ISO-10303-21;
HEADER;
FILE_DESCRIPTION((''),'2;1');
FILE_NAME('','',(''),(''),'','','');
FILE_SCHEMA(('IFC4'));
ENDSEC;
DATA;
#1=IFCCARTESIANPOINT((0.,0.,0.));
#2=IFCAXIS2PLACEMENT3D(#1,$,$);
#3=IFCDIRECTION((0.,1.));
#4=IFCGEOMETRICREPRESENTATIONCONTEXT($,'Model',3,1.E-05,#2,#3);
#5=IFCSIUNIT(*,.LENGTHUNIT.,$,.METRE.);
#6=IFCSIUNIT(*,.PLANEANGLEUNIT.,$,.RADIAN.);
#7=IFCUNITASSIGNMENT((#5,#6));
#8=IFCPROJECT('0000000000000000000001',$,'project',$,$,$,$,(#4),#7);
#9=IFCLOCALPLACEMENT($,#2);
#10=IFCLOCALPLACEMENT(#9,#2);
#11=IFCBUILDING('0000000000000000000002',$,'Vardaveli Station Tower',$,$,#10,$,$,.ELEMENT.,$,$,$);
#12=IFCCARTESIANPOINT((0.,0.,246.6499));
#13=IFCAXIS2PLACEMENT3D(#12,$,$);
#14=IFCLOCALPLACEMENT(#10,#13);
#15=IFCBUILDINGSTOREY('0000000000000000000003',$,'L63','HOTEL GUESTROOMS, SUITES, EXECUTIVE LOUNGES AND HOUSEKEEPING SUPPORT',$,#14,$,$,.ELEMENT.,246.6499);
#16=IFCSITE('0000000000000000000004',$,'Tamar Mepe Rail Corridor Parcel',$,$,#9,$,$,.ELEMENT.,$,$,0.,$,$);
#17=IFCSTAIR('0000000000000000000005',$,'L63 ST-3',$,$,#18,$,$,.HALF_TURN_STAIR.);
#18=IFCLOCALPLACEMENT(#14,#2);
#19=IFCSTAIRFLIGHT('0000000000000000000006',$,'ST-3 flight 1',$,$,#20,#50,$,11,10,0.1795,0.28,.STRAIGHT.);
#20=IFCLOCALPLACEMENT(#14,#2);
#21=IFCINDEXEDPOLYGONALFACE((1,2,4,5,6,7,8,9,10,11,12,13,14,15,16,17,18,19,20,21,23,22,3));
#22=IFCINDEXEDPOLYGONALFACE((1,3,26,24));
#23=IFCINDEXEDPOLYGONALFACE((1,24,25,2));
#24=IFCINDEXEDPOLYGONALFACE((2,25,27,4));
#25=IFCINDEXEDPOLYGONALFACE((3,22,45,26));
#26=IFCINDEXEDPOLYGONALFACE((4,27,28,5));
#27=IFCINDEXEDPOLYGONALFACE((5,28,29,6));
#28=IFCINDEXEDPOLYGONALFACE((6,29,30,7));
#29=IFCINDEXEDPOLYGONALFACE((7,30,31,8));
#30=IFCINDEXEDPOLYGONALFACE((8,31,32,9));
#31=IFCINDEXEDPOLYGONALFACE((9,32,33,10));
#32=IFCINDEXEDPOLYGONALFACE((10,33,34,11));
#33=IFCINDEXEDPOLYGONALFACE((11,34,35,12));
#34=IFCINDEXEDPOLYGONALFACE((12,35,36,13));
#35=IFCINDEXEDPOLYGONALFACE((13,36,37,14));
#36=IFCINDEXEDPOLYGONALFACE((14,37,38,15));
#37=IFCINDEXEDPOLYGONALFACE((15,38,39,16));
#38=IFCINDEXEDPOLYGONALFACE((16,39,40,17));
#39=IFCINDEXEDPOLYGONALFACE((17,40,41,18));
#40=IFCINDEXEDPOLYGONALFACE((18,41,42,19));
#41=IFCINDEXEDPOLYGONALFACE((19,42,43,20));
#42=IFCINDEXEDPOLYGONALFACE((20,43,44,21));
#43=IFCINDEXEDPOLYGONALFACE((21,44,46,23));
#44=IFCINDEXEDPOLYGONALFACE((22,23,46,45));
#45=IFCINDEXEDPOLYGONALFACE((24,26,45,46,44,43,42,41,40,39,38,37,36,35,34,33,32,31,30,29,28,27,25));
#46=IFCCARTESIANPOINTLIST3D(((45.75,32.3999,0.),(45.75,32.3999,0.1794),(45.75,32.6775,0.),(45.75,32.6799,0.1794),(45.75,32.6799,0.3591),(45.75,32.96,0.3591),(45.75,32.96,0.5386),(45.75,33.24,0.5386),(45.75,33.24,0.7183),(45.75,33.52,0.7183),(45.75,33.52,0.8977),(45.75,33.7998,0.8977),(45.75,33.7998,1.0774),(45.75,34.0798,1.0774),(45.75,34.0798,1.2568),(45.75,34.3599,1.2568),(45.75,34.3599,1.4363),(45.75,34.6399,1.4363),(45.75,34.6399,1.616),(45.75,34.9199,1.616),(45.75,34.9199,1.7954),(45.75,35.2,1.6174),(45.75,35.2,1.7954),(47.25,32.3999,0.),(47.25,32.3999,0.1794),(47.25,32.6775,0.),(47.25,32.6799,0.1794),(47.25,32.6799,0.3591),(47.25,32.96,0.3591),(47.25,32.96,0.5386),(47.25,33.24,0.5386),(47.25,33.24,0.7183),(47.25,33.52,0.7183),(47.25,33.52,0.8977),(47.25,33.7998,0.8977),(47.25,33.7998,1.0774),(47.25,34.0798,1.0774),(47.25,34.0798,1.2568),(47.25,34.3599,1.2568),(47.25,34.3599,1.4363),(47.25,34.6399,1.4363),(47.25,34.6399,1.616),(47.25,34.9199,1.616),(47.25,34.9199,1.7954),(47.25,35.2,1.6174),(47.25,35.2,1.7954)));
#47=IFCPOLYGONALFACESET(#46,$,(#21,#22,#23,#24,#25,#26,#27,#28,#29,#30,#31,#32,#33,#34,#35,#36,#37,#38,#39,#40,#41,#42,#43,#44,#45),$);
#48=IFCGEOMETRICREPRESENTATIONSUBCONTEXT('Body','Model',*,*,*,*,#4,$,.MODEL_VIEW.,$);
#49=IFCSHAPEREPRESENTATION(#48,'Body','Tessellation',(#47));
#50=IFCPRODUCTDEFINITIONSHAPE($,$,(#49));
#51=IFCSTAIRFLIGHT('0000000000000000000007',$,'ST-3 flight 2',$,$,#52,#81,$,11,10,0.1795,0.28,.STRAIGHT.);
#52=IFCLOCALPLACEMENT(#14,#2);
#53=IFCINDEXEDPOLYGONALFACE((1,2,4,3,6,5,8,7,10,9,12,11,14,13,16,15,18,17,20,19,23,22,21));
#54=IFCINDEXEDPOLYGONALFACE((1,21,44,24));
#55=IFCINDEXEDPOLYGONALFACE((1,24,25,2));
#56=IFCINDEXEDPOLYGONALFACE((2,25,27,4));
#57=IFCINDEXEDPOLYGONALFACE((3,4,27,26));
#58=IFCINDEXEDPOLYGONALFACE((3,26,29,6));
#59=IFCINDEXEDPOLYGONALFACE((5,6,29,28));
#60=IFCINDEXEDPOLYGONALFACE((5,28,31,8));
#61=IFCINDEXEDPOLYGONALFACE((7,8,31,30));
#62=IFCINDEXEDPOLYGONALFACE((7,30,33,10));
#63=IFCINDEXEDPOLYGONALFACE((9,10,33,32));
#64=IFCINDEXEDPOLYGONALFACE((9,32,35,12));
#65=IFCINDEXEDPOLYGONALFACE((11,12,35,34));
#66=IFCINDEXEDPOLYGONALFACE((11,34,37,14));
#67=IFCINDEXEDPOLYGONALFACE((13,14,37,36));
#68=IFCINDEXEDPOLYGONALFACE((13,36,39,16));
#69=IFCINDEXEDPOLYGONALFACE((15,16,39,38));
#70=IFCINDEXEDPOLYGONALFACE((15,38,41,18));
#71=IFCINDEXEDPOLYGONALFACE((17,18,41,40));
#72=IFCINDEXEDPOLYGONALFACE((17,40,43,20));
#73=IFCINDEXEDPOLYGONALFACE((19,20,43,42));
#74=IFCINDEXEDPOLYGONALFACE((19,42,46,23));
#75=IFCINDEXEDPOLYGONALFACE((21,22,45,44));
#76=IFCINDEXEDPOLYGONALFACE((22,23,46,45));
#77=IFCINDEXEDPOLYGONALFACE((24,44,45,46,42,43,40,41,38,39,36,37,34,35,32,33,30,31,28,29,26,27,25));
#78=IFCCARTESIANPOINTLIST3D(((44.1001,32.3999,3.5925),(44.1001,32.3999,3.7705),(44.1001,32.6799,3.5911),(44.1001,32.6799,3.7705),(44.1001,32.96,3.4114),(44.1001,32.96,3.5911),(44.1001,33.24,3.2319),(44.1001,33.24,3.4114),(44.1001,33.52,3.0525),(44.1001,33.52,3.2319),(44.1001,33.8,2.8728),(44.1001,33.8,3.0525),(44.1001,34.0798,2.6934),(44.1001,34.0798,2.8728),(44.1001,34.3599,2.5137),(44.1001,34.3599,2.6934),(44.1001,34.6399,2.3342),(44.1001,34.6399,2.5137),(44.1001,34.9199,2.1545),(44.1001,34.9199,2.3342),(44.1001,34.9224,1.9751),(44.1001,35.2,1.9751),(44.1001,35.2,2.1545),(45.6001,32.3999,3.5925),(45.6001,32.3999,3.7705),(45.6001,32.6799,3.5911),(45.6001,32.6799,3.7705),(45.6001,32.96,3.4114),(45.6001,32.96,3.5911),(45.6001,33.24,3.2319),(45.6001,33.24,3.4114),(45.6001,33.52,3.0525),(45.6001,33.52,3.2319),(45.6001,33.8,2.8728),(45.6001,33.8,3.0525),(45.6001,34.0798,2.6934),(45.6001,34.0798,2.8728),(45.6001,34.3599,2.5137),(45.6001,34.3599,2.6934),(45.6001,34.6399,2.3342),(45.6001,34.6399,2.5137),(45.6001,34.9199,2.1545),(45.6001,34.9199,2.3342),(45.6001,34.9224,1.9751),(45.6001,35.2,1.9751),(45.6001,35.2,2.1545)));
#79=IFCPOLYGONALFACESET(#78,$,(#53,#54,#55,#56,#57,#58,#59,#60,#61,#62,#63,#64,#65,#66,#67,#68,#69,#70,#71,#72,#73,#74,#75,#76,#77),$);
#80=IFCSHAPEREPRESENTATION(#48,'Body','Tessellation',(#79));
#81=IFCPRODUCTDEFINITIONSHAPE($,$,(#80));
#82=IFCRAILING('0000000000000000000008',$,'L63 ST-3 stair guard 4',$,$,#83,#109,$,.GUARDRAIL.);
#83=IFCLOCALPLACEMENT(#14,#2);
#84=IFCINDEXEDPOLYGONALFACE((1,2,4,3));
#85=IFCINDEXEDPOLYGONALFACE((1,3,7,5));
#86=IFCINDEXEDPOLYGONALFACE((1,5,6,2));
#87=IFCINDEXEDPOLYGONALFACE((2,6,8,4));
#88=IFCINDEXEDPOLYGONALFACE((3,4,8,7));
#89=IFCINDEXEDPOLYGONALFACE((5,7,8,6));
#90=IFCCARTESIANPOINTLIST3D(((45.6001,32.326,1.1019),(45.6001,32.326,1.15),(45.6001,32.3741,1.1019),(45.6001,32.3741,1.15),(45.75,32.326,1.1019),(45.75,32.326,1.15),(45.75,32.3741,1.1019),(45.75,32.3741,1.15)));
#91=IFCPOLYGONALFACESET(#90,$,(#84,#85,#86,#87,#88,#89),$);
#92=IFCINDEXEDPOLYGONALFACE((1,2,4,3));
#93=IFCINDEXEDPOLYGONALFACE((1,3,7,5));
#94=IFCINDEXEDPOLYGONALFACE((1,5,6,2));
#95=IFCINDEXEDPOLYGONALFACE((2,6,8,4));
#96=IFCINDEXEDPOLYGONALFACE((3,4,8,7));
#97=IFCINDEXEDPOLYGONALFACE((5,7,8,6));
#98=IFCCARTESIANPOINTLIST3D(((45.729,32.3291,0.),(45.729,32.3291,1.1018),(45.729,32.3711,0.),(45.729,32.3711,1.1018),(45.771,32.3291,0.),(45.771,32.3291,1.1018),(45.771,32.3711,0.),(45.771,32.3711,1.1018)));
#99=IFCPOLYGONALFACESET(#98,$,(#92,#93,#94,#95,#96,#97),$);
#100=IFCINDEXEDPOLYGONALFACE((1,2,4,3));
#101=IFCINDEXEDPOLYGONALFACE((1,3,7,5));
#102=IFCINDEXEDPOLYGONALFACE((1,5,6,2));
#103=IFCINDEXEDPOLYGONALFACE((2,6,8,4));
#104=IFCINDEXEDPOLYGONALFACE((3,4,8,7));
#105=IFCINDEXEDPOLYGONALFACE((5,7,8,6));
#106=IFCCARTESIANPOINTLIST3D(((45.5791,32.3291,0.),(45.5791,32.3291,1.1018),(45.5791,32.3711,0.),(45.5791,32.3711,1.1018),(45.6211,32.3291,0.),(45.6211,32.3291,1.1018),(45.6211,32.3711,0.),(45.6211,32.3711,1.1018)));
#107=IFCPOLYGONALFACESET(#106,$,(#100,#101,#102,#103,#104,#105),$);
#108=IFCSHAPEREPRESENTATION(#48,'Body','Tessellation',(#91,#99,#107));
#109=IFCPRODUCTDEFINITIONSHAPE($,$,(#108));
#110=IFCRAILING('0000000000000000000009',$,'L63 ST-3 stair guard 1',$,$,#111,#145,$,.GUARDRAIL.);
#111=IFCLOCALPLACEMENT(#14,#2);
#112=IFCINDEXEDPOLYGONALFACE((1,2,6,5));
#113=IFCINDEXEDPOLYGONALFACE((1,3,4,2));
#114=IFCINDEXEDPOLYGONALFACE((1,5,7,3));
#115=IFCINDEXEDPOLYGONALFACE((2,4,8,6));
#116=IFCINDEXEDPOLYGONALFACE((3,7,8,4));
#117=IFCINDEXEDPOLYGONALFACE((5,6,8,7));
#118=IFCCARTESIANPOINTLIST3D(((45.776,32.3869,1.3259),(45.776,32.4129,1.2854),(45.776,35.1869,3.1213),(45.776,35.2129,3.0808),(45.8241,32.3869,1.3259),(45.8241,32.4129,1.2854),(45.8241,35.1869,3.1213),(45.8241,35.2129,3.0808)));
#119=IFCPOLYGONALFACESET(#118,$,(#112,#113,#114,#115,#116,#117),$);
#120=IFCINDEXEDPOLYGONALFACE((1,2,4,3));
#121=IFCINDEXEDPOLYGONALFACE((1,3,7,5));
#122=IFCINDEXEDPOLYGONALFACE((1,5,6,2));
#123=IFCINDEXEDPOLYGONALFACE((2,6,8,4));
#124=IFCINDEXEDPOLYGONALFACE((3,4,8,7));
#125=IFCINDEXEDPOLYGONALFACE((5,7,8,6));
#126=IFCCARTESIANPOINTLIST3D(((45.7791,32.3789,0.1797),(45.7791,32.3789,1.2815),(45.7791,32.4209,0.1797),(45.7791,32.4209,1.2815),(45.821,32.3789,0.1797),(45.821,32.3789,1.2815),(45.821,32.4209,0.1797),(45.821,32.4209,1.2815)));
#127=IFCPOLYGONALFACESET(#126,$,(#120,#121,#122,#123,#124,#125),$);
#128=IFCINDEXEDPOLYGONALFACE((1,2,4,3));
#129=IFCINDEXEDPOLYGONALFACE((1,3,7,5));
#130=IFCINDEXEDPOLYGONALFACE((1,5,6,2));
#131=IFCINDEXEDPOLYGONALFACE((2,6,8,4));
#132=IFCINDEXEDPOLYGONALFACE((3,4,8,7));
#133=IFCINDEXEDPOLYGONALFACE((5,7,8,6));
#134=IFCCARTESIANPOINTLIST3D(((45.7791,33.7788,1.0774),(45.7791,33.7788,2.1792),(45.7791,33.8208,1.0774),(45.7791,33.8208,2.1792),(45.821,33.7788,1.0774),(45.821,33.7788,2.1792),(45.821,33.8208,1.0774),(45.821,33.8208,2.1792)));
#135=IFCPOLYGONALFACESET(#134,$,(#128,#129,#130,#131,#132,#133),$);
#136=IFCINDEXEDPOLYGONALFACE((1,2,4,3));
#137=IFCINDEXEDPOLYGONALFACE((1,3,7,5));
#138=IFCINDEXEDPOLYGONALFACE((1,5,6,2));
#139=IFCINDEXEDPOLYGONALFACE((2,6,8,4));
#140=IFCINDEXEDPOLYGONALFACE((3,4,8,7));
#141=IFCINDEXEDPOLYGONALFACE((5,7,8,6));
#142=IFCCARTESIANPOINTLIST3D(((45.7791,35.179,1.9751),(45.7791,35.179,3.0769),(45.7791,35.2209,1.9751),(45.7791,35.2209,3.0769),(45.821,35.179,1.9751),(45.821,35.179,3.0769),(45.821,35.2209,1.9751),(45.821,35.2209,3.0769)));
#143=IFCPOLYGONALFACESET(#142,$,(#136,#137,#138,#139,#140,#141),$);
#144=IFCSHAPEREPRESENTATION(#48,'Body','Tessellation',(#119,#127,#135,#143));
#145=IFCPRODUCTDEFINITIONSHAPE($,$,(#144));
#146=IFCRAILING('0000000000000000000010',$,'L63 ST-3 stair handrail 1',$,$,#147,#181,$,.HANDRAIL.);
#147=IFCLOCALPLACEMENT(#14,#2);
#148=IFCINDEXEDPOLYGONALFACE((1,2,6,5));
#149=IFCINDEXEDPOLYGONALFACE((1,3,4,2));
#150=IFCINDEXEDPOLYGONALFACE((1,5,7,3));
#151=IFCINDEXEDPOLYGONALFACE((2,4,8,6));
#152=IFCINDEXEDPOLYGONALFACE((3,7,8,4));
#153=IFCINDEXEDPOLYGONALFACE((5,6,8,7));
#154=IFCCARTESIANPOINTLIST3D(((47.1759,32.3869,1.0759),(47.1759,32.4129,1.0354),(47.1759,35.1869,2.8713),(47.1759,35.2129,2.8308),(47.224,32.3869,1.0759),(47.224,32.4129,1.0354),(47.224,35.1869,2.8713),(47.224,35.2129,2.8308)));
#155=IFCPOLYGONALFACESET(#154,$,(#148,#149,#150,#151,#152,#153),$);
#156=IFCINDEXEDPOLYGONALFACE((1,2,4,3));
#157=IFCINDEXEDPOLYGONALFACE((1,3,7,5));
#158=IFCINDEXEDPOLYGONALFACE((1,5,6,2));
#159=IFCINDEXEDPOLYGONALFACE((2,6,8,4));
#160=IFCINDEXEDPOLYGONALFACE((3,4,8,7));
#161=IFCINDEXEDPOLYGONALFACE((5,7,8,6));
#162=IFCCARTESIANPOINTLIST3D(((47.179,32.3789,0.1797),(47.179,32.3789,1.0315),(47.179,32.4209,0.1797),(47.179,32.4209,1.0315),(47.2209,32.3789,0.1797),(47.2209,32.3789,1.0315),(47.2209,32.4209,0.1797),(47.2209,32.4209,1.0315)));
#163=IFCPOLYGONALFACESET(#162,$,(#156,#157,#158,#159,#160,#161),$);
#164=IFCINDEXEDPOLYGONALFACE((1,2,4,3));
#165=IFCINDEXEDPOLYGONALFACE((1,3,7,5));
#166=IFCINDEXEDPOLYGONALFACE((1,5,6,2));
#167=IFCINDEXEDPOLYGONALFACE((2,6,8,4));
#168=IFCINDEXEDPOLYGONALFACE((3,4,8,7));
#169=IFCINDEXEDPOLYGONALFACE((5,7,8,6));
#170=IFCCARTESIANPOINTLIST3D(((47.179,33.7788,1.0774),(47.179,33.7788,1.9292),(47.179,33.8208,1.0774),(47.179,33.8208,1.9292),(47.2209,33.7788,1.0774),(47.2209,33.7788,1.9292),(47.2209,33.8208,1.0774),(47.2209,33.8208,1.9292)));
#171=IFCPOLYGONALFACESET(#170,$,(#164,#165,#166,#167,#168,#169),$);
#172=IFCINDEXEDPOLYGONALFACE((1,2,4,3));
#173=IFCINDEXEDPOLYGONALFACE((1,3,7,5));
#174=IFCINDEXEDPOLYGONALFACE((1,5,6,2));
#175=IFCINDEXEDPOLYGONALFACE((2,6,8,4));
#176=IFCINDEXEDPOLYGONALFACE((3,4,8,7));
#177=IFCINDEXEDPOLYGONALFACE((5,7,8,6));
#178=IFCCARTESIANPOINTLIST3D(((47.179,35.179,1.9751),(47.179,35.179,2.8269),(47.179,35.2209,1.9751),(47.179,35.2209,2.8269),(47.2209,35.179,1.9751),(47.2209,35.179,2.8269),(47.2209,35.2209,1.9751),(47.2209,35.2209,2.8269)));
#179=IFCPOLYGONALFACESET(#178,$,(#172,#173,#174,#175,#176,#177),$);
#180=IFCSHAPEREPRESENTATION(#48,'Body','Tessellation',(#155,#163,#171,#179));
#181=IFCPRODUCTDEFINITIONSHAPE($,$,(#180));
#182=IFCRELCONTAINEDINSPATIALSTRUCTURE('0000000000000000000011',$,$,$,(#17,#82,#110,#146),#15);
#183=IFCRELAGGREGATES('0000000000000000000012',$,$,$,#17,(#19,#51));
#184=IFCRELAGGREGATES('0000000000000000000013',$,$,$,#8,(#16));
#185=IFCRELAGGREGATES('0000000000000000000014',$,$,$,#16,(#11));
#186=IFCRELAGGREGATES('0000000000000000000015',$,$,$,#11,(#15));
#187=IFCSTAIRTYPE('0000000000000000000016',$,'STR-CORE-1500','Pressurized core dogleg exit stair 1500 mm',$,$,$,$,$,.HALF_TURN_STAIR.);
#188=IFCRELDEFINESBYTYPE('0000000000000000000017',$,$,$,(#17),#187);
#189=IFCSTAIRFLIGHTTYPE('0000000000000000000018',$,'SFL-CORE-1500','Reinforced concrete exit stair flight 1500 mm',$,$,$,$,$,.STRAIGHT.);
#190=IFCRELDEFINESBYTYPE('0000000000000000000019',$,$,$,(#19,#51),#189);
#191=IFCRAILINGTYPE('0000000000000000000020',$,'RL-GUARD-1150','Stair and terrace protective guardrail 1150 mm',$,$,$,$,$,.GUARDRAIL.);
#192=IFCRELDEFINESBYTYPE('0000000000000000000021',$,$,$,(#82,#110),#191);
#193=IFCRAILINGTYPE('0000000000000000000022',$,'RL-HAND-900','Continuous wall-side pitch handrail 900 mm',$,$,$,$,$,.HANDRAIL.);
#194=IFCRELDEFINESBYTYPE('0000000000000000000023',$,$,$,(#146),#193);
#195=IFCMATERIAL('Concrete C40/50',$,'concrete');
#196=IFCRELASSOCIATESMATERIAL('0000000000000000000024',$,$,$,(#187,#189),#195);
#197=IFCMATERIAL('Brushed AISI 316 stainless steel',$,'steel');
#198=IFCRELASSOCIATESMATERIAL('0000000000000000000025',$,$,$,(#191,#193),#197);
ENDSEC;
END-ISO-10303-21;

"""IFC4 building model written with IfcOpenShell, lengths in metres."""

from ifc_helpers import new_model, si_unit, direction, frame, origin, origin_2d, place, context, subcontext, project, spatial, polyline, rectangle, outline, extrude, source, transform, mapped, material, type_object, element, aggregate, save


model = new_model("IFC4")

# Units and contexts
model_context = context("Model", 3, precision=1e-05, world=origin(), true_north=direction((0.0, 1.0)))
body_context = subcontext(model_context, "Body", "Model", "MODEL_VIEW")
ifc_project = project(units=[si_unit("LENGTHUNIT", "METRE"), si_unit("PLANEANGLEUNIT", "RADIAN")], contexts=[model_context])

# Site, building, storey
site_placement = place(None, origin())
site = spatial("IfcSite", under=ifc_project, at=site_placement, Name="Tamar Mepe Rail Corridor Parcel", CompositionType="ELEMENT", RefElevation=0.0)
building_placement = place(site_placement, origin())
building = spatial("IfcBuilding", under=site, at=building_placement, Name="Vardaveli Station Tower", CompositionType="ELEMENT")
storey_placement = place(building_placement, frame((0.0, 0.0, 246.6499)))
storey = spatial("IfcBuildingStorey", under=building, at=storey_placement, Name="L63", Description="HOTEL GUESTROOMS, SUITES, EXECUTIVE LOUNGES AND HOUSEKEEPING SUPPORT", CompositionType="ELEMENT", Elevation=246.6499)

# Shared definitions
ifc_material_1 = material(Name="Concrete C40/50", Category="concrete")

# Stair, stair flights
stair_type = type_object("IfcStairType", Name="STR-CORE-1500", Description="Pressurized core dogleg exit stair 1500 mm", PredefinedType="HALF_TURN_STAIR", material=ifc_material_1)
stair_placement = place(storey_placement, origin())
stair = element("IfcStair", 1, at=stair_placement, inside=storey, type_object=stair_type, Name="L63 ST-3", PredefinedType="HALF_TURN_STAIR")
stair_flight_type = type_object("IfcStairFlightType", Name="SFL-CORE-1500", Description="Reinforced concrete exit stair flight 1500 mm", PredefinedType="STRAIGHT", material=ifc_material_1)
shared_shape_1 = source(origin(), body_context, "Body", "SweptSolid", [
    extrude(outline(polyline([(0.0, 0.0), (0.0, 0.1794), (0.28, 0.1794), (0.28, 0.3591), (0.5601, 0.3591), (0.5601, 0.5386), (0.8401, 0.5386), (0.8401, 0.7183), (1.1201, 0.7183), (1.1201, 0.8977), (1.3999, 0.8977), (1.3999, 1.0774), (1.6799, 1.0774), (1.6799, 1.2568), (1.96, 1.2568), (1.96, 1.4363), (2.24, 1.4363), (2.24, 1.616), (2.52, 1.616), (2.52, 1.7954), (2.8, 1.7954), (2.8, 1.9751), (2.8, 1.6174), (0.2776, 0.0), (0.0, 0.0)])), frame((0.0, 0.75, 0.0), z_axis=(0.0, -1.0, 0.0), x_axis=(1.0, 0.0, 0.0)), (0.0, 0.0, 1.0), 1.5),
])
stair_flight_1_placement = place(storey_placement, frame((46.5, 32.3999, 0.0), z_axis=(0.0, 0.0, 1.0), x_axis=(0.0, 1.0, 0.0)))
stair_flight_1 = element("IfcStairFlight", 2, at=stair_flight_1_placement, type_object=stair_flight_type, Name="ST-3 flight 1", NumberOfRisers=11, NumberOfTreads=10, PredefinedType="STRAIGHT", RiserHeight=0.1795, TreadLength=0.28, context=body_context, shape_type="MappedRepresentation", body=[
    mapped(shared_shape_1, transform((0.0, 0.0, 0.0), scale=1.0)),
])
stair_flight_2_placement = place(storey_placement, frame((44.8501, 35.2, 1.9751), z_axis=(0.0, 0.0, 1.0), x_axis=(0.0, -1.0, 0.0)))
stair_flight_2 = element("IfcStairFlight", 3, at=stair_flight_2_placement, type_object=stair_flight_type, Name="ST-3 flight 2", NumberOfRisers=11, NumberOfTreads=10, PredefinedType="STRAIGHT", RiserHeight=0.1795, TreadLength=0.28, context=body_context, shape_type="MappedRepresentation", body=[
    mapped(shared_shape_1, transform((0.0, 0.0, 0.0), scale=1.0)),
])
aggregate(stair, [stair_flight_1, stair_flight_2])

# Railings
ifc_material_2 = material(Name="Brushed AISI 316 stainless steel", Category="steel")
railing_type_1 = type_object("IfcRailingType", Name="RL-GUARD-1150", Description="Stair and terrace protective guardrail 1150 mm", PredefinedType="GUARDRAIL", material=ifc_material_2)
shared_shape_2 = source(origin(), body_context, "Body", "SweptSolid", [
    extrude(rectangle(XDim=0.0481, YDim=0.0481, at=origin_2d()), frame((0.0, 0.0, 1.126), z_axis=(-1.0, 0.0, 0.0), x_axis=(0.0, -1.0, 0.0)), (0.0, 0.0, 1.0), 0.1499),
    extrude(rectangle(XDim=0.042, YDim=0.042, at=origin_2d()), origin(), (0.0, 0.0, 1.0), 1.1018),
    extrude(rectangle(XDim=0.042, YDim=0.042, at=origin_2d()), frame((-0.1499, 0.0, 0.0)), (0.0, 0.0, 1.0), 1.1018),
])
railing_1_placement = place(storey_placement, frame((45.75, 32.3501, 0.0)))
element("IfcRailing", 4, at=railing_1_placement, inside=storey, type_object=railing_type_1, Name="L63 ST-3 stair guard 4", PredefinedType="GUARDRAIL", context=body_context, shape_type="MappedRepresentation", body=[
    mapped(shared_shape_2, transform((0.0, 0.0, 0.0), scale=1.0)),
])
shared_shape_3 = source(origin(), body_context, "Body", "SweptSolid", [
    extrude(rectangle(XDim=0.0481, YDim=0.0481, at=origin_2d()), frame((0.0, 0.0, 1.126), z_axis=(0.0, 0.84181, 0.539774), x_axis=(-1.0, 0.0, 0.0)), (0.0, 0.0, 1.0), 3.3262),
    extrude(rectangle(XDim=0.042, YDim=0.042, at=origin_2d()), origin(), (0.0, 0.0, 1.0), 1.1018),
    extrude(rectangle(XDim=0.042, YDim=0.042, at=origin_2d()), frame((0.0, 1.3999, 0.8977)), (0.0, 0.0, 1.0), 1.1018),
    extrude(rectangle(XDim=0.042, YDim=0.042, at=origin_2d()), frame((0.0, 2.8, 1.7954)), (0.0, 0.0, 1.0), 1.1018),
])
railing_2_placement = place(storey_placement, frame((45.8, 32.3999, 0.1797)))
element("IfcRailing", 5, at=railing_2_placement, inside=storey, type_object=railing_type_1, Name="L63 ST-3 stair guard 1", PredefinedType="GUARDRAIL", context=body_context, shape_type="MappedRepresentation", body=[
    mapped(shared_shape_3, transform((0.0, 0.0, 0.0), scale=1.0)),
])
railing_type_2 = type_object("IfcRailingType", Name="RL-HAND-900", Description="Continuous wall-side pitch handrail 900 mm", PredefinedType="HANDRAIL", material=ifc_material_2)
shared_shape_4 = source(origin(), body_context, "Body", "SweptSolid", [
    extrude(rectangle(XDim=0.0481, YDim=0.0481, at=origin_2d()), frame((0.0, 0.0, 0.876), z_axis=(0.0, 0.84181, 0.539774), x_axis=(-1.0, 0.0, 0.0)), (0.0, 0.0, 1.0), 3.3262),
    extrude(rectangle(XDim=0.042, YDim=0.042, at=origin_2d()), origin(), (0.0, 0.0, 1.0), 0.8518),
    extrude(rectangle(XDim=0.042, YDim=0.042, at=origin_2d()), frame((0.0, 1.3999, 0.8977)), (0.0, 0.0, 1.0), 0.8518),
    extrude(rectangle(XDim=0.042, YDim=0.042, at=origin_2d()), frame((0.0, 2.8, 1.7954)), (0.0, 0.0, 1.0), 0.8518),
])
railing_3_placement = place(storey_placement, frame((47.2, 32.3999, 0.1797)))
element("IfcRailing", 6, at=railing_3_placement, inside=storey, type_object=railing_type_2, Name="L63 ST-3 stair handrail 1", PredefinedType="HANDRAIL", context=body_context, shape_type="MappedRepresentation", body=[
    mapped(shared_shape_4, transform((0.0, 0.0, 0.0), scale=1.0)),
])

save(model, "model.ifc")
